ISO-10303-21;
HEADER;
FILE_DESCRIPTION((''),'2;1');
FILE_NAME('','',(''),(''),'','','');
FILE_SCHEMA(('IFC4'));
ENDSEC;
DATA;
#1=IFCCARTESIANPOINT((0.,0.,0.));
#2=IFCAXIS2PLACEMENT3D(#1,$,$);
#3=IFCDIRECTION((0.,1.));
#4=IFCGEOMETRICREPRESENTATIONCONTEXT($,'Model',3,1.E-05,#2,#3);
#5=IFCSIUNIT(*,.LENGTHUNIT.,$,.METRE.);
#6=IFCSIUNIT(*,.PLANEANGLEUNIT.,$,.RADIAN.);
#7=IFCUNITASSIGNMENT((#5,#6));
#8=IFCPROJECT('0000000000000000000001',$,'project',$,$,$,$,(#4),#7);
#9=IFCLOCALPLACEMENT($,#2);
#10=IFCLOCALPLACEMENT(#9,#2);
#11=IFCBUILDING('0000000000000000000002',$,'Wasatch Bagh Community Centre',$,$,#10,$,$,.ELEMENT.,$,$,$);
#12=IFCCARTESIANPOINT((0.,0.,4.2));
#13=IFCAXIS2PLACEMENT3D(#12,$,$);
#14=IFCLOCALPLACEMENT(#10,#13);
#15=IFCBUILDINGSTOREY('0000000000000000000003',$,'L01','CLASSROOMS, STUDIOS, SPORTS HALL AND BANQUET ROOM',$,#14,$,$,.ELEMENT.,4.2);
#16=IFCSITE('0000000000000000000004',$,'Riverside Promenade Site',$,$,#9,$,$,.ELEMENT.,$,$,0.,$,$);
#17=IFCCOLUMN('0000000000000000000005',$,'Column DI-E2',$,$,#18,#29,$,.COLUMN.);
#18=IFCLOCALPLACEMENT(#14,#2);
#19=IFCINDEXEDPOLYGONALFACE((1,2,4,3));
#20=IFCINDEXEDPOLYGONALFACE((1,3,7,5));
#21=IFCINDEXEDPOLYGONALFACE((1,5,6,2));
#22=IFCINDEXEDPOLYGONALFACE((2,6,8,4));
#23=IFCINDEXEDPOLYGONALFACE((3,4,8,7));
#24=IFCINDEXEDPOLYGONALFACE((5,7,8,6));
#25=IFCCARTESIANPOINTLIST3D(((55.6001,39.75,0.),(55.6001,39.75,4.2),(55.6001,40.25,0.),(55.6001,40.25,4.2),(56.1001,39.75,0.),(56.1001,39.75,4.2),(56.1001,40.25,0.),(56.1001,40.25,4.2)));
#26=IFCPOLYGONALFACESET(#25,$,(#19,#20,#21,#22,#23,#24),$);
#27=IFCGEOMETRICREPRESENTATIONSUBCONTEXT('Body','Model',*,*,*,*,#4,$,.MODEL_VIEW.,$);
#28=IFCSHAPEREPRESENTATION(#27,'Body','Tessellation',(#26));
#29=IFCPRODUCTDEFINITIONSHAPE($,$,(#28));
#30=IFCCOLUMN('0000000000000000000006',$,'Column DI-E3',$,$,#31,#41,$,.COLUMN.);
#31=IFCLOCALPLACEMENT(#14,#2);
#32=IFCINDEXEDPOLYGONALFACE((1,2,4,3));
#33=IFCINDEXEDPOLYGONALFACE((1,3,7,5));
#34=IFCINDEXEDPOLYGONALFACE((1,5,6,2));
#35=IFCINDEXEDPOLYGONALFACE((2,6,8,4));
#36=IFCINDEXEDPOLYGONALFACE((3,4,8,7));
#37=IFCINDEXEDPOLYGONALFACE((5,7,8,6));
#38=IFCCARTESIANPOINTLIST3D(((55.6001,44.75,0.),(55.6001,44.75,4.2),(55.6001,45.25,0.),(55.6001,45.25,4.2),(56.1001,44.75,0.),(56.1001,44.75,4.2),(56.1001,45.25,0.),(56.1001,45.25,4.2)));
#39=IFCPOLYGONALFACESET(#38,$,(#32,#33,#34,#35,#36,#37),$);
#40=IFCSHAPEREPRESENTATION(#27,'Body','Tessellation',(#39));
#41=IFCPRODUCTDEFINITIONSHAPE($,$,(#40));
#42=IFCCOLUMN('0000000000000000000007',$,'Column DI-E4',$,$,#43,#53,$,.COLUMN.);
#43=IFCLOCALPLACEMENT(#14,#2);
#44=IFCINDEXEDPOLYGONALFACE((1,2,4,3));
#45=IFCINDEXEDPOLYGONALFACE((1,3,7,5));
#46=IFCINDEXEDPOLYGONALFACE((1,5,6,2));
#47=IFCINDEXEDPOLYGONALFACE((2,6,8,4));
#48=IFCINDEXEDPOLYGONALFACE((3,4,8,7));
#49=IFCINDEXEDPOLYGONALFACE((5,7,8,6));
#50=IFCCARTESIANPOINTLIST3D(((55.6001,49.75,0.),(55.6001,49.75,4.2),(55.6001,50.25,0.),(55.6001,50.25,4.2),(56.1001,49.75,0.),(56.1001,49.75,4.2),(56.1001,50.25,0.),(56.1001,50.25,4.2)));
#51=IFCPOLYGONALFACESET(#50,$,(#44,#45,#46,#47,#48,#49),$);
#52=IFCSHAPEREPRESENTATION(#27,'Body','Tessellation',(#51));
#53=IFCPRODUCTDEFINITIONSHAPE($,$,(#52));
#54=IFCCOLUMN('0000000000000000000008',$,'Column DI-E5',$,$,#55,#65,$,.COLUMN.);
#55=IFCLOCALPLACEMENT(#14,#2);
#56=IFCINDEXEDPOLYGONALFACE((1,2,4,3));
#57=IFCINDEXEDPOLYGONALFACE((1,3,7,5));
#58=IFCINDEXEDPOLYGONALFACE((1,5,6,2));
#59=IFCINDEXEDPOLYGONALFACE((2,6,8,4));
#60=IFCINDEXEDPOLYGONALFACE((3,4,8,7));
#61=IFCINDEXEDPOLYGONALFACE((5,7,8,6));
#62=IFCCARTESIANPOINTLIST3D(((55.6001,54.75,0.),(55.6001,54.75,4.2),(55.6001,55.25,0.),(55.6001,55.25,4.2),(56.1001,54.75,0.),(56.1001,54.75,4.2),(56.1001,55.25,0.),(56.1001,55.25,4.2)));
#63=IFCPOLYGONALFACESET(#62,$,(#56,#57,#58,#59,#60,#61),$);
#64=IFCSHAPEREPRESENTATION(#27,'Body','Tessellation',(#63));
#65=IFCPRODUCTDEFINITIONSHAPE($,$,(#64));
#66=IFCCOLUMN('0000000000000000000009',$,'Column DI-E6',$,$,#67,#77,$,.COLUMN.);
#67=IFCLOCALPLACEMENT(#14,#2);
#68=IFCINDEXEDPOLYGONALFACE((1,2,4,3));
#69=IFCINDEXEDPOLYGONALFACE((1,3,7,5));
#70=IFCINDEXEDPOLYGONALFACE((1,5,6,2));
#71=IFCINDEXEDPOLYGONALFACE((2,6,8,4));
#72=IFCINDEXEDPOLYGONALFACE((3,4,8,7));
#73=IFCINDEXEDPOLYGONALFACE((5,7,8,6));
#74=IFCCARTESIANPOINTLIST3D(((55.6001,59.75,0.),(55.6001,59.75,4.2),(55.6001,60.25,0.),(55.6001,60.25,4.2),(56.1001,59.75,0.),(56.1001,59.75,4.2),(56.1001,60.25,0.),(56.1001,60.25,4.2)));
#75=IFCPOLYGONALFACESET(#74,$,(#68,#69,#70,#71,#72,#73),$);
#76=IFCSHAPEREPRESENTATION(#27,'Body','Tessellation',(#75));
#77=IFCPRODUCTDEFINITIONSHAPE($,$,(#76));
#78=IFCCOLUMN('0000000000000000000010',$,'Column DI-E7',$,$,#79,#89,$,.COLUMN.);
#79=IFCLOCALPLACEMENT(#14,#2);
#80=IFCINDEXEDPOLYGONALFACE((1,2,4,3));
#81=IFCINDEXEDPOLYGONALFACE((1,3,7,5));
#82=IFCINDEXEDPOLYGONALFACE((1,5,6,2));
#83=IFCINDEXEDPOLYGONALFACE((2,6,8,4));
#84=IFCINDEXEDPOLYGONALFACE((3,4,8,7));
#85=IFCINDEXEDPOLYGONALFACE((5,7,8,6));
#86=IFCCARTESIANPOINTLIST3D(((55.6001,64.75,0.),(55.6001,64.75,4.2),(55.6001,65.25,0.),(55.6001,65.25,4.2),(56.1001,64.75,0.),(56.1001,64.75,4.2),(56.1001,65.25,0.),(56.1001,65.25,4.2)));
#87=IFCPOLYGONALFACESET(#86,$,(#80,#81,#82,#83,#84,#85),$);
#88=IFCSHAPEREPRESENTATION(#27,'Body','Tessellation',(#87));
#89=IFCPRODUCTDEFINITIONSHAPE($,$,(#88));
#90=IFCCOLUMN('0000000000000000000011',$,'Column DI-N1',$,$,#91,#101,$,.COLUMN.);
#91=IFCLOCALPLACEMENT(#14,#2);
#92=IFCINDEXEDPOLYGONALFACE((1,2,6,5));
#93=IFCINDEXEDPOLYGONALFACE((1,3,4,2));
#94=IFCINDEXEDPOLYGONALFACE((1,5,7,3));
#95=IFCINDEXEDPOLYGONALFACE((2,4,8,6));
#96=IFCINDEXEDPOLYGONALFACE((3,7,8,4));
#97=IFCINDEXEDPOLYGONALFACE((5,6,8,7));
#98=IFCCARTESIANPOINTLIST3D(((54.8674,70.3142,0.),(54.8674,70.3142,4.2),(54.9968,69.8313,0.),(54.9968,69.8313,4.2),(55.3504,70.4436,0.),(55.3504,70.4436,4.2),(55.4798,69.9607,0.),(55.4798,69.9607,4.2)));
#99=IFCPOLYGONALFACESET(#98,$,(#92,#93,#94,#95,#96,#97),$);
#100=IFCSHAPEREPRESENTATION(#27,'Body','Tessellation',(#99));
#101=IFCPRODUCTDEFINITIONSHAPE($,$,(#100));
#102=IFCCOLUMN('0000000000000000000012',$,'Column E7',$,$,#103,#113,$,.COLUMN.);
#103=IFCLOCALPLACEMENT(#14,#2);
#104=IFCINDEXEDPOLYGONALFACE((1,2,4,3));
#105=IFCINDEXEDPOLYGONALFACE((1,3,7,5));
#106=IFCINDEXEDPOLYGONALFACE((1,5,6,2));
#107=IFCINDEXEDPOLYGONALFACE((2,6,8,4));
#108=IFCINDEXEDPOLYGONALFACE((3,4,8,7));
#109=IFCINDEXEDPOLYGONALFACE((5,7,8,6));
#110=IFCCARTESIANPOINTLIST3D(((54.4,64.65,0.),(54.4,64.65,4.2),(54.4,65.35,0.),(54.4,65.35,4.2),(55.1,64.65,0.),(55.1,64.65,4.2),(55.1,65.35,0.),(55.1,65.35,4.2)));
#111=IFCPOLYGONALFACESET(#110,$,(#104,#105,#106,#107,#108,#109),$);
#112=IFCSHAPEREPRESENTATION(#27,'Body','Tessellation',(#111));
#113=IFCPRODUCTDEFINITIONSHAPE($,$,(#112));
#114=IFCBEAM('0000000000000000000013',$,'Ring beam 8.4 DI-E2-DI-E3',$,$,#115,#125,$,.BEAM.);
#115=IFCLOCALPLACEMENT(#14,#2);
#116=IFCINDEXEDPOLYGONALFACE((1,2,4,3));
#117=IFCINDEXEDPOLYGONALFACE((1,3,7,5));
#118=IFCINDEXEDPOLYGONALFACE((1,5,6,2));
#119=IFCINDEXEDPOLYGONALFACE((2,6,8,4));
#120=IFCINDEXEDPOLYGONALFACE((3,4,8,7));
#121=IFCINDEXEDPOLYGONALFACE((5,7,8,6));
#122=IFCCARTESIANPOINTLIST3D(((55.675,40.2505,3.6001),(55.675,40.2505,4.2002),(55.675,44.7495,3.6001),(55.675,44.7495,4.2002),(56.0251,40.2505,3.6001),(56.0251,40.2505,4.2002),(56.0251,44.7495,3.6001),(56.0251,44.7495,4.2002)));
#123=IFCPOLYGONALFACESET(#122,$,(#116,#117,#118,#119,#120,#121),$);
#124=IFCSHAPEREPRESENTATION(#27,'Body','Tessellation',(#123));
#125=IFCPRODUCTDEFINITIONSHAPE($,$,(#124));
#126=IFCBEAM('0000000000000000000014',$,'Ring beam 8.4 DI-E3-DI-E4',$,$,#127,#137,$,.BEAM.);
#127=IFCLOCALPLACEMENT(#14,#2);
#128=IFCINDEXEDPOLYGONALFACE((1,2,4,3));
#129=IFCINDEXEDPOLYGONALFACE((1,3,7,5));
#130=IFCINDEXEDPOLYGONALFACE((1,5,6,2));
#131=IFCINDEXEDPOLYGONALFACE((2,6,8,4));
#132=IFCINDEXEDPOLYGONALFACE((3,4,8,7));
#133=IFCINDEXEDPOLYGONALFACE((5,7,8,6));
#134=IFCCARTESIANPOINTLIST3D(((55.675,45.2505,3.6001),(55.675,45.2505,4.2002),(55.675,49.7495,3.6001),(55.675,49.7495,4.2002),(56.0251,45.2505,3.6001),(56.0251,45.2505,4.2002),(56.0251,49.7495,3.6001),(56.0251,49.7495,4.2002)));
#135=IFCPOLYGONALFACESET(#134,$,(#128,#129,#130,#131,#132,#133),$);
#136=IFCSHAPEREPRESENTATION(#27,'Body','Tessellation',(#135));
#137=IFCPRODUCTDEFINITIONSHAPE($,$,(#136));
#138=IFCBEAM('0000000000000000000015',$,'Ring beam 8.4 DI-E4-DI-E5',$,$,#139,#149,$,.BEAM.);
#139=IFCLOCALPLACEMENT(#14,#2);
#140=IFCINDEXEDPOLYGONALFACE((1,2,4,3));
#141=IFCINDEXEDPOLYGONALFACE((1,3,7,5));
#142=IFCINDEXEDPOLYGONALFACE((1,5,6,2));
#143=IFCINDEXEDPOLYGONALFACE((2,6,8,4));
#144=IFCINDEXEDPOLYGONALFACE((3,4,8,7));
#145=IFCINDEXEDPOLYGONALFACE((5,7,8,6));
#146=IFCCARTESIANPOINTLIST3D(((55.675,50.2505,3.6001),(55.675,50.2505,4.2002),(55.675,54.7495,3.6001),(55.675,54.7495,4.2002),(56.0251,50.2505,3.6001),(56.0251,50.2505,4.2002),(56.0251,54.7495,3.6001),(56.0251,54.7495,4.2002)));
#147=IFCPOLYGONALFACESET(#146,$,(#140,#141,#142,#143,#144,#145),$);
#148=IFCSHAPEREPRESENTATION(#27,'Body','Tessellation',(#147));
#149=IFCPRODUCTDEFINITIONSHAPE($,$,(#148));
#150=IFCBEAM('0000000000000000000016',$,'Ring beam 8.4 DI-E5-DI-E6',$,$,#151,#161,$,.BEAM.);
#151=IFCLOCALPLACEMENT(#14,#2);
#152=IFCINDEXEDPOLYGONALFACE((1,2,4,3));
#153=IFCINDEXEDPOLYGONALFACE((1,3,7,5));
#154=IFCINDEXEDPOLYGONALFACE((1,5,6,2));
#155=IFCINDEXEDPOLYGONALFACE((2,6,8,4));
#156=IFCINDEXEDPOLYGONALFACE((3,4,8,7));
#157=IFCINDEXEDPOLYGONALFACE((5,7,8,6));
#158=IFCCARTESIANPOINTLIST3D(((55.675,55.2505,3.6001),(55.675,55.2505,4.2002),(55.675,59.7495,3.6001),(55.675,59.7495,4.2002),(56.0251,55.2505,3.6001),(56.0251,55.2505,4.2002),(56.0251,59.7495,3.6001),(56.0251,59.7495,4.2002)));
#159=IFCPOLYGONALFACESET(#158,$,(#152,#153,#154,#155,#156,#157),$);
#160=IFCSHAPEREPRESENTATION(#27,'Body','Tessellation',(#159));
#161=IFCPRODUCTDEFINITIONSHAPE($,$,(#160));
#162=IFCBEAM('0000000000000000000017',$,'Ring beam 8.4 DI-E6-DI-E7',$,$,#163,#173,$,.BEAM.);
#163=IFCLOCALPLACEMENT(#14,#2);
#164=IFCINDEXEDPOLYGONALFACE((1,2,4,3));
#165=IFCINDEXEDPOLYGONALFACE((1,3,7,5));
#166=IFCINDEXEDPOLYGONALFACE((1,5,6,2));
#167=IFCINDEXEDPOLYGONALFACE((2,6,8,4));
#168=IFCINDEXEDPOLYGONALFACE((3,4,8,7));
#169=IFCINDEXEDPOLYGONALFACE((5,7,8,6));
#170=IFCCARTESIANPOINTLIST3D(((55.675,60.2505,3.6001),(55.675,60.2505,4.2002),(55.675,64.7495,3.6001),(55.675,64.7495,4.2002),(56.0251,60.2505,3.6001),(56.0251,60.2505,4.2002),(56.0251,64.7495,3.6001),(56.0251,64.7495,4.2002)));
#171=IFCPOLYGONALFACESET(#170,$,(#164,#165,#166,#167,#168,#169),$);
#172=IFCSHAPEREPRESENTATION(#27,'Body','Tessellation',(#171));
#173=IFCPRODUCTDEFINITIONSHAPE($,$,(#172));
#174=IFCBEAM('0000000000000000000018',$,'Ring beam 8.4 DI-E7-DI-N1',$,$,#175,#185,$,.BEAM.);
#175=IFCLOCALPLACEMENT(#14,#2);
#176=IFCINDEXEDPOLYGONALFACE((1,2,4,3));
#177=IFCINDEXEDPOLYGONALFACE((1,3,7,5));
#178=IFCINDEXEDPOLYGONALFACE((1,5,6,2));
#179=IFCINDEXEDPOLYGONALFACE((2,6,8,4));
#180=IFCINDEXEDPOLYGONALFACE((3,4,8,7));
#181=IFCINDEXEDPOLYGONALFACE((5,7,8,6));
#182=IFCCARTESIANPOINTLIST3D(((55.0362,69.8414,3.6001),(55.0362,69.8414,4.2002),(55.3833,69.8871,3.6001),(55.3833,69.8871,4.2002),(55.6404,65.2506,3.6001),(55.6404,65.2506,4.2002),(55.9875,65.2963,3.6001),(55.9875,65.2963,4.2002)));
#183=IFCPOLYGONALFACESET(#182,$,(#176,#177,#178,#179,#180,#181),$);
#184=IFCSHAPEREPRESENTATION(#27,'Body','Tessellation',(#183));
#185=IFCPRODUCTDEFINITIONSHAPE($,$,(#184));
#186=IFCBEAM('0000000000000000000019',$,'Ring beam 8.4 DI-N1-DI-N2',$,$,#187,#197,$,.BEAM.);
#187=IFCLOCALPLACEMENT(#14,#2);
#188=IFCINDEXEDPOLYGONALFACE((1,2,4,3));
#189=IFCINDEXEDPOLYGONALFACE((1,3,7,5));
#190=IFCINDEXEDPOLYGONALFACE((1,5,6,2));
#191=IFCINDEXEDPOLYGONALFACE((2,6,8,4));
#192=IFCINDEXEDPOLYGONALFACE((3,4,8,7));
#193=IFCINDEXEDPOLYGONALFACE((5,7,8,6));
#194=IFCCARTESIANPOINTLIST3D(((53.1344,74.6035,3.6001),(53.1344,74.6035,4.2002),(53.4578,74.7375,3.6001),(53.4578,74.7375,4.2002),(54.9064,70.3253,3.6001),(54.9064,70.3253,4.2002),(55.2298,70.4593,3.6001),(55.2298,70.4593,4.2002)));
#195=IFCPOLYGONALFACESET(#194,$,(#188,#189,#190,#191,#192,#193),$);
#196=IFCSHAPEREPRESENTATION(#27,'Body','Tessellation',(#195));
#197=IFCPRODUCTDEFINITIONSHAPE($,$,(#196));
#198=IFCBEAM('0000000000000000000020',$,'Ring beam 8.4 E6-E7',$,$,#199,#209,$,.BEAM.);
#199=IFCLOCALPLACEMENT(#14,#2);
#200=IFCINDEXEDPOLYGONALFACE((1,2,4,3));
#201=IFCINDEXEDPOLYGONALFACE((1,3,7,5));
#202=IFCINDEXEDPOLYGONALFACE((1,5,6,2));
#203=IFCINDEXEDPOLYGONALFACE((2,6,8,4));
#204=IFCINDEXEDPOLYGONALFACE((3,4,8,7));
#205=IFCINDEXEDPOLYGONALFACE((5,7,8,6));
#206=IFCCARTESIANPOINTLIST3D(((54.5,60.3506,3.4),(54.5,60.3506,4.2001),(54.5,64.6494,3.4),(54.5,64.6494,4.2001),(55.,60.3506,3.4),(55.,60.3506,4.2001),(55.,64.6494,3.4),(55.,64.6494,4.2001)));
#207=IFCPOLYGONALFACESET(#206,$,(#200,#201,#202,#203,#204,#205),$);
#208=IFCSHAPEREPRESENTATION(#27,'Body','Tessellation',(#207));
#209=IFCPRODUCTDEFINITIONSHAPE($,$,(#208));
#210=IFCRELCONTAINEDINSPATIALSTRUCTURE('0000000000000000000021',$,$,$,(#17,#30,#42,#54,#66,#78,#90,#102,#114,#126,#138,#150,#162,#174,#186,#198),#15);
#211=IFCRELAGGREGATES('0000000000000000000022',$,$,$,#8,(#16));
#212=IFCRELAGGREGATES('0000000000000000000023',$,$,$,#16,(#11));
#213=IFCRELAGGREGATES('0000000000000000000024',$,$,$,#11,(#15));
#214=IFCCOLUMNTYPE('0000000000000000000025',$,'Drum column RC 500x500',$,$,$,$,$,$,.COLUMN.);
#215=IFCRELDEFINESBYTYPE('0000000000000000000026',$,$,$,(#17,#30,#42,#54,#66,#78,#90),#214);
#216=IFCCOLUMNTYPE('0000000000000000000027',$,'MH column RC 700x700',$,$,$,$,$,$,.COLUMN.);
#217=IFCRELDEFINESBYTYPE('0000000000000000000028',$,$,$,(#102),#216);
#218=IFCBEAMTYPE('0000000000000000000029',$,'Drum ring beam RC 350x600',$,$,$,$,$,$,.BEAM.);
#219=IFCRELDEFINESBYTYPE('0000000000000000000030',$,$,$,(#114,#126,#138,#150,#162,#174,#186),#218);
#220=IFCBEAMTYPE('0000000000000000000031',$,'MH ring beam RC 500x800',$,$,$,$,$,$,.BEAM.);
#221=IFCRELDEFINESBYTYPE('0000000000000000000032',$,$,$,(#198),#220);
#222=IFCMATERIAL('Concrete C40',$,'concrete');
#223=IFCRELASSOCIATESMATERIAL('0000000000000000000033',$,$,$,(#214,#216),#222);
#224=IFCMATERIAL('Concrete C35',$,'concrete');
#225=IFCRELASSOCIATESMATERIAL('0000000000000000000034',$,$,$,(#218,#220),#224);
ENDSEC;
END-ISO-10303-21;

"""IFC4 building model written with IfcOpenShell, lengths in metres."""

from ifc_helpers import new_model, si_unit, direction, frame, origin, origin_2d, place, context, subcontext, project, spatial, rectangle, extrude, material, material_profile, profile_set, type_object, element, save


model = new_model("IFC4")

# Units and contexts
model_context = context("Model", 3, precision=1e-05, world=origin(), true_north=direction((0.0, 1.0)))
body_context = subcontext(model_context, "Body", "Model", "MODEL_VIEW")
ifc_project = project(units=[si_unit("LENGTHUNIT", "METRE"), si_unit("PLANEANGLEUNIT", "RADIAN")], contexts=[model_context])

# Site, building, storey
site_placement = place(None, origin())
site = spatial("IfcSite", under=ifc_project, at=site_placement, Name="Riverside Promenade Site", CompositionType="ELEMENT", RefElevation=0.0)
building_placement = place(site_placement, origin())
building = spatial("IfcBuilding", under=site, at=building_placement, Name="Wasatch Bagh Community Centre", CompositionType="ELEMENT")
storey_placement = place(building_placement, frame((0.0, 0.0, 4.2)))
storey = spatial("IfcBuildingStorey", under=building, at=storey_placement, Name="L01", Description="CLASSROOMS, STUDIOS, SPORTS HALL AND BANQUET ROOM", CompositionType="ELEMENT", Elevation=4.2)

# Columns
ifc_material_1 = material(Name="Concrete C40", Category="concrete")
ifc_material_profile_1 = material_profile(ifc_material_1, rectangle(XDim=0.5, YDim=0.5, at=origin_2d()), Name="RC 500x500")
ifc_profile_set_1 = profile_set([ifc_material_profile_1], Name="Concrete C40")
column_type_1 = type_object("IfcColumnType", Name="Drum column RC 500x500", PredefinedType="COLUMN", material=ifc_profile_set_1)
for number, where, z_axis, x_axis, name in (
    (1, (55.8501, 40.0, 0.0), (0.0, 0.0, 1.0), (1.0, 0.0, 0.0), "Column DI-E2"),
    (2, (55.8501, 45.0, 0.0), (0.0, 0.0, 1.0), (1.0, 0.0, 0.0), "Column DI-E3"),
    (3, (55.8501, 50.0, 0.0), (0.0, 0.0, 1.0), (1.0, 0.0, 0.0), "Column DI-E4"),
    (4, (55.8501, 55.0, 0.0), (0.0, 0.0, 1.0), (1.0, 0.0, 0.0), "Column DI-E5"),
    (5, (55.8501, 60.0, 0.0), (0.0, 0.0, 1.0), (1.0, 0.0, 0.0), "Column DI-E6"),
    (6, (55.8501, 65.0, 0.0), (0.0, 0.0, 1.0), (1.0, 0.0, 0.0), "Column DI-E7"),
    (7, (55.1736, 70.1375, 0.0), (0.0, 0.0, 1.0), (0.965926, 0.258819, 0.0), "Column DI-N1"),
):
    element("IfcColumn", number, at=place(storey_placement, frame(where, z_axis=z_axis, x_axis=x_axis)), inside=storey, type_object=column_type_1, Name=name, PredefinedType="COLUMN", context=body_context, shape_type="SweptSolid", body=[
        extrude(rectangle(XDim=0.5, YDim=0.5, at=origin_2d()), origin(), (0.0, 0.0, 1.0), 4.2),
    ])
ifc_material_profile_2 = material_profile(ifc_material_1, rectangle(XDim=0.7, YDim=0.7, at=origin_2d()), Name="RC 700x700")
ifc_profile_set_2 = profile_set([ifc_material_profile_2], Name="Concrete C40")
column_type_2 = type_object("IfcColumnType", Name="MH column RC 700x700", PredefinedType="COLUMN", material=ifc_profile_set_2)
column_placement = place(storey_placement, frame((54.75, 65.0, 0.0), z_axis=(0.0, 0.0, 1.0), x_axis=(1.0, 0.0, 0.0)))
element("IfcColumn", 8, at=column_placement, inside=storey, type_object=column_type_2, Name="Column E7", PredefinedType="COLUMN", context=body_context, shape_type="SweptSolid", body=[
    extrude(rectangle(XDim=0.7, YDim=0.7, at=origin_2d()), origin(), (0.0, 0.0, 1.0), 4.2),
])

# Beams
ifc_material_2 = material(Name="Concrete C35", Category="concrete")
ifc_material_profile_3 = material_profile(ifc_material_2, rectangle(XDim=0.3501, YDim=0.6001, at=origin_2d()), Name="RC 350x600")
ifc_profile_set_3 = profile_set([ifc_material_profile_3], Name="Concrete C35")
beam_type_1 = type_object("IfcBeamType", Name="Drum ring beam RC 350x600", PredefinedType="BEAM", material=ifc_profile_set_3)
for number, where, z_axis, x_axis, name in (
    (9, (55.8501, 40.2505, 3.9001), (0.0, 1.0, 0.0), (-1.0, 0.0, 0.0), "Ring beam 8.4 DI-E2-DI-E3"),
    (10, (55.8501, 45.2505, 3.9001), (0.0, 1.0, 0.0), (-1.0, 0.0, 0.0), "Ring beam 8.4 DI-E3-DI-E4"),
    (11, (55.8501, 50.2505, 3.9001), (0.0, 1.0, 0.0), (-1.0, 0.0, 0.0), "Ring beam 8.4 DI-E4-DI-E5"),
    (12, (55.8501, 55.2505, 3.9001), (0.0, 1.0, 0.0), (-1.0, 0.0, 0.0), "Ring beam 8.4 DI-E5-DI-E6"),
    (13, (55.8501, 60.2505, 3.9001), (0.0, 1.0, 0.0), (-1.0, 0.0, 0.0), "Ring beam 8.4 DI-E6-DI-E7"),
):
    element("IfcBeam", number, at=place(storey_placement, frame(where, z_axis=z_axis, x_axis=x_axis)), inside=storey, type_object=beam_type_1, Name=name, PredefinedType="BEAM", context=body_context, shape_type="SweptSolid", body=[
        extrude(rectangle(XDim=0.3501, YDim=0.6001, at=origin_2d()), origin(), (0.0, 0.0, 1.0), 4.499),
    ])
beam_1_placement = place(storey_placement, frame((55.814, 65.2734, 3.9001), z_axis=(-0.130495, 0.991449, 0.0), x_axis=(-0.991449, -0.130495, 0.0)))
element("IfcBeam", 14, at=beam_1_placement, inside=storey, type_object=beam_type_1, Name="Ring beam 8.4 DI-E7-DI-N1", PredefinedType="BEAM", context=body_context, shape_type="SweptSolid", body=[
    extrude(rectangle(XDim=0.3501, YDim=0.6001, at=origin_2d()), origin(), (0.0, 0.0, 1.0), 4.6304),
])
beam_2_placement = place(storey_placement, frame((55.0681, 70.3923, 3.9001), z_axis=(-0.382672, 0.923884, 0.0), x_axis=(-0.923884, -0.382672, 0.0)))
element("IfcBeam", 15, at=beam_2_placement, inside=storey, type_object=beam_type_1, Name="Ring beam 8.4 DI-N1-DI-N2", PredefinedType="BEAM", context=body_context, shape_type="SweptSolid", body=[
    extrude(rectangle(XDim=0.3501, YDim=0.6001, at=origin_2d()), origin(), (0.0, 0.0, 1.0), 4.6306),
])
ifc_material_profile_4 = material_profile(ifc_material_2, rectangle(XDim=0.5, YDim=0.8, at=origin_2d()), Name="RC 500x800")
ifc_profile_set_4 = profile_set([ifc_material_profile_4], Name="Concrete C35")
beam_type_2 = type_object("IfcBeamType", Name="MH ring beam RC 500x800", PredefinedType="BEAM", material=ifc_profile_set_4)
beam_3_placement = place(storey_placement, frame((54.75, 60.3506, 3.8), z_axis=(0.0, 1.0, 0.0), x_axis=(-1.0, 0.0, 0.0)))
element("IfcBeam", 16, at=beam_3_placement, inside=storey, type_object=beam_type_2, Name="Ring beam 8.4 E6-E7", PredefinedType="BEAM", context=body_context, shape_type="SweptSolid", body=[
    extrude(rectangle(XDim=0.5, YDim=0.8, at=origin_2d()), origin(), (0.0, 0.0, 1.0), 4.2988),
])

save(model, "model.ifc")
